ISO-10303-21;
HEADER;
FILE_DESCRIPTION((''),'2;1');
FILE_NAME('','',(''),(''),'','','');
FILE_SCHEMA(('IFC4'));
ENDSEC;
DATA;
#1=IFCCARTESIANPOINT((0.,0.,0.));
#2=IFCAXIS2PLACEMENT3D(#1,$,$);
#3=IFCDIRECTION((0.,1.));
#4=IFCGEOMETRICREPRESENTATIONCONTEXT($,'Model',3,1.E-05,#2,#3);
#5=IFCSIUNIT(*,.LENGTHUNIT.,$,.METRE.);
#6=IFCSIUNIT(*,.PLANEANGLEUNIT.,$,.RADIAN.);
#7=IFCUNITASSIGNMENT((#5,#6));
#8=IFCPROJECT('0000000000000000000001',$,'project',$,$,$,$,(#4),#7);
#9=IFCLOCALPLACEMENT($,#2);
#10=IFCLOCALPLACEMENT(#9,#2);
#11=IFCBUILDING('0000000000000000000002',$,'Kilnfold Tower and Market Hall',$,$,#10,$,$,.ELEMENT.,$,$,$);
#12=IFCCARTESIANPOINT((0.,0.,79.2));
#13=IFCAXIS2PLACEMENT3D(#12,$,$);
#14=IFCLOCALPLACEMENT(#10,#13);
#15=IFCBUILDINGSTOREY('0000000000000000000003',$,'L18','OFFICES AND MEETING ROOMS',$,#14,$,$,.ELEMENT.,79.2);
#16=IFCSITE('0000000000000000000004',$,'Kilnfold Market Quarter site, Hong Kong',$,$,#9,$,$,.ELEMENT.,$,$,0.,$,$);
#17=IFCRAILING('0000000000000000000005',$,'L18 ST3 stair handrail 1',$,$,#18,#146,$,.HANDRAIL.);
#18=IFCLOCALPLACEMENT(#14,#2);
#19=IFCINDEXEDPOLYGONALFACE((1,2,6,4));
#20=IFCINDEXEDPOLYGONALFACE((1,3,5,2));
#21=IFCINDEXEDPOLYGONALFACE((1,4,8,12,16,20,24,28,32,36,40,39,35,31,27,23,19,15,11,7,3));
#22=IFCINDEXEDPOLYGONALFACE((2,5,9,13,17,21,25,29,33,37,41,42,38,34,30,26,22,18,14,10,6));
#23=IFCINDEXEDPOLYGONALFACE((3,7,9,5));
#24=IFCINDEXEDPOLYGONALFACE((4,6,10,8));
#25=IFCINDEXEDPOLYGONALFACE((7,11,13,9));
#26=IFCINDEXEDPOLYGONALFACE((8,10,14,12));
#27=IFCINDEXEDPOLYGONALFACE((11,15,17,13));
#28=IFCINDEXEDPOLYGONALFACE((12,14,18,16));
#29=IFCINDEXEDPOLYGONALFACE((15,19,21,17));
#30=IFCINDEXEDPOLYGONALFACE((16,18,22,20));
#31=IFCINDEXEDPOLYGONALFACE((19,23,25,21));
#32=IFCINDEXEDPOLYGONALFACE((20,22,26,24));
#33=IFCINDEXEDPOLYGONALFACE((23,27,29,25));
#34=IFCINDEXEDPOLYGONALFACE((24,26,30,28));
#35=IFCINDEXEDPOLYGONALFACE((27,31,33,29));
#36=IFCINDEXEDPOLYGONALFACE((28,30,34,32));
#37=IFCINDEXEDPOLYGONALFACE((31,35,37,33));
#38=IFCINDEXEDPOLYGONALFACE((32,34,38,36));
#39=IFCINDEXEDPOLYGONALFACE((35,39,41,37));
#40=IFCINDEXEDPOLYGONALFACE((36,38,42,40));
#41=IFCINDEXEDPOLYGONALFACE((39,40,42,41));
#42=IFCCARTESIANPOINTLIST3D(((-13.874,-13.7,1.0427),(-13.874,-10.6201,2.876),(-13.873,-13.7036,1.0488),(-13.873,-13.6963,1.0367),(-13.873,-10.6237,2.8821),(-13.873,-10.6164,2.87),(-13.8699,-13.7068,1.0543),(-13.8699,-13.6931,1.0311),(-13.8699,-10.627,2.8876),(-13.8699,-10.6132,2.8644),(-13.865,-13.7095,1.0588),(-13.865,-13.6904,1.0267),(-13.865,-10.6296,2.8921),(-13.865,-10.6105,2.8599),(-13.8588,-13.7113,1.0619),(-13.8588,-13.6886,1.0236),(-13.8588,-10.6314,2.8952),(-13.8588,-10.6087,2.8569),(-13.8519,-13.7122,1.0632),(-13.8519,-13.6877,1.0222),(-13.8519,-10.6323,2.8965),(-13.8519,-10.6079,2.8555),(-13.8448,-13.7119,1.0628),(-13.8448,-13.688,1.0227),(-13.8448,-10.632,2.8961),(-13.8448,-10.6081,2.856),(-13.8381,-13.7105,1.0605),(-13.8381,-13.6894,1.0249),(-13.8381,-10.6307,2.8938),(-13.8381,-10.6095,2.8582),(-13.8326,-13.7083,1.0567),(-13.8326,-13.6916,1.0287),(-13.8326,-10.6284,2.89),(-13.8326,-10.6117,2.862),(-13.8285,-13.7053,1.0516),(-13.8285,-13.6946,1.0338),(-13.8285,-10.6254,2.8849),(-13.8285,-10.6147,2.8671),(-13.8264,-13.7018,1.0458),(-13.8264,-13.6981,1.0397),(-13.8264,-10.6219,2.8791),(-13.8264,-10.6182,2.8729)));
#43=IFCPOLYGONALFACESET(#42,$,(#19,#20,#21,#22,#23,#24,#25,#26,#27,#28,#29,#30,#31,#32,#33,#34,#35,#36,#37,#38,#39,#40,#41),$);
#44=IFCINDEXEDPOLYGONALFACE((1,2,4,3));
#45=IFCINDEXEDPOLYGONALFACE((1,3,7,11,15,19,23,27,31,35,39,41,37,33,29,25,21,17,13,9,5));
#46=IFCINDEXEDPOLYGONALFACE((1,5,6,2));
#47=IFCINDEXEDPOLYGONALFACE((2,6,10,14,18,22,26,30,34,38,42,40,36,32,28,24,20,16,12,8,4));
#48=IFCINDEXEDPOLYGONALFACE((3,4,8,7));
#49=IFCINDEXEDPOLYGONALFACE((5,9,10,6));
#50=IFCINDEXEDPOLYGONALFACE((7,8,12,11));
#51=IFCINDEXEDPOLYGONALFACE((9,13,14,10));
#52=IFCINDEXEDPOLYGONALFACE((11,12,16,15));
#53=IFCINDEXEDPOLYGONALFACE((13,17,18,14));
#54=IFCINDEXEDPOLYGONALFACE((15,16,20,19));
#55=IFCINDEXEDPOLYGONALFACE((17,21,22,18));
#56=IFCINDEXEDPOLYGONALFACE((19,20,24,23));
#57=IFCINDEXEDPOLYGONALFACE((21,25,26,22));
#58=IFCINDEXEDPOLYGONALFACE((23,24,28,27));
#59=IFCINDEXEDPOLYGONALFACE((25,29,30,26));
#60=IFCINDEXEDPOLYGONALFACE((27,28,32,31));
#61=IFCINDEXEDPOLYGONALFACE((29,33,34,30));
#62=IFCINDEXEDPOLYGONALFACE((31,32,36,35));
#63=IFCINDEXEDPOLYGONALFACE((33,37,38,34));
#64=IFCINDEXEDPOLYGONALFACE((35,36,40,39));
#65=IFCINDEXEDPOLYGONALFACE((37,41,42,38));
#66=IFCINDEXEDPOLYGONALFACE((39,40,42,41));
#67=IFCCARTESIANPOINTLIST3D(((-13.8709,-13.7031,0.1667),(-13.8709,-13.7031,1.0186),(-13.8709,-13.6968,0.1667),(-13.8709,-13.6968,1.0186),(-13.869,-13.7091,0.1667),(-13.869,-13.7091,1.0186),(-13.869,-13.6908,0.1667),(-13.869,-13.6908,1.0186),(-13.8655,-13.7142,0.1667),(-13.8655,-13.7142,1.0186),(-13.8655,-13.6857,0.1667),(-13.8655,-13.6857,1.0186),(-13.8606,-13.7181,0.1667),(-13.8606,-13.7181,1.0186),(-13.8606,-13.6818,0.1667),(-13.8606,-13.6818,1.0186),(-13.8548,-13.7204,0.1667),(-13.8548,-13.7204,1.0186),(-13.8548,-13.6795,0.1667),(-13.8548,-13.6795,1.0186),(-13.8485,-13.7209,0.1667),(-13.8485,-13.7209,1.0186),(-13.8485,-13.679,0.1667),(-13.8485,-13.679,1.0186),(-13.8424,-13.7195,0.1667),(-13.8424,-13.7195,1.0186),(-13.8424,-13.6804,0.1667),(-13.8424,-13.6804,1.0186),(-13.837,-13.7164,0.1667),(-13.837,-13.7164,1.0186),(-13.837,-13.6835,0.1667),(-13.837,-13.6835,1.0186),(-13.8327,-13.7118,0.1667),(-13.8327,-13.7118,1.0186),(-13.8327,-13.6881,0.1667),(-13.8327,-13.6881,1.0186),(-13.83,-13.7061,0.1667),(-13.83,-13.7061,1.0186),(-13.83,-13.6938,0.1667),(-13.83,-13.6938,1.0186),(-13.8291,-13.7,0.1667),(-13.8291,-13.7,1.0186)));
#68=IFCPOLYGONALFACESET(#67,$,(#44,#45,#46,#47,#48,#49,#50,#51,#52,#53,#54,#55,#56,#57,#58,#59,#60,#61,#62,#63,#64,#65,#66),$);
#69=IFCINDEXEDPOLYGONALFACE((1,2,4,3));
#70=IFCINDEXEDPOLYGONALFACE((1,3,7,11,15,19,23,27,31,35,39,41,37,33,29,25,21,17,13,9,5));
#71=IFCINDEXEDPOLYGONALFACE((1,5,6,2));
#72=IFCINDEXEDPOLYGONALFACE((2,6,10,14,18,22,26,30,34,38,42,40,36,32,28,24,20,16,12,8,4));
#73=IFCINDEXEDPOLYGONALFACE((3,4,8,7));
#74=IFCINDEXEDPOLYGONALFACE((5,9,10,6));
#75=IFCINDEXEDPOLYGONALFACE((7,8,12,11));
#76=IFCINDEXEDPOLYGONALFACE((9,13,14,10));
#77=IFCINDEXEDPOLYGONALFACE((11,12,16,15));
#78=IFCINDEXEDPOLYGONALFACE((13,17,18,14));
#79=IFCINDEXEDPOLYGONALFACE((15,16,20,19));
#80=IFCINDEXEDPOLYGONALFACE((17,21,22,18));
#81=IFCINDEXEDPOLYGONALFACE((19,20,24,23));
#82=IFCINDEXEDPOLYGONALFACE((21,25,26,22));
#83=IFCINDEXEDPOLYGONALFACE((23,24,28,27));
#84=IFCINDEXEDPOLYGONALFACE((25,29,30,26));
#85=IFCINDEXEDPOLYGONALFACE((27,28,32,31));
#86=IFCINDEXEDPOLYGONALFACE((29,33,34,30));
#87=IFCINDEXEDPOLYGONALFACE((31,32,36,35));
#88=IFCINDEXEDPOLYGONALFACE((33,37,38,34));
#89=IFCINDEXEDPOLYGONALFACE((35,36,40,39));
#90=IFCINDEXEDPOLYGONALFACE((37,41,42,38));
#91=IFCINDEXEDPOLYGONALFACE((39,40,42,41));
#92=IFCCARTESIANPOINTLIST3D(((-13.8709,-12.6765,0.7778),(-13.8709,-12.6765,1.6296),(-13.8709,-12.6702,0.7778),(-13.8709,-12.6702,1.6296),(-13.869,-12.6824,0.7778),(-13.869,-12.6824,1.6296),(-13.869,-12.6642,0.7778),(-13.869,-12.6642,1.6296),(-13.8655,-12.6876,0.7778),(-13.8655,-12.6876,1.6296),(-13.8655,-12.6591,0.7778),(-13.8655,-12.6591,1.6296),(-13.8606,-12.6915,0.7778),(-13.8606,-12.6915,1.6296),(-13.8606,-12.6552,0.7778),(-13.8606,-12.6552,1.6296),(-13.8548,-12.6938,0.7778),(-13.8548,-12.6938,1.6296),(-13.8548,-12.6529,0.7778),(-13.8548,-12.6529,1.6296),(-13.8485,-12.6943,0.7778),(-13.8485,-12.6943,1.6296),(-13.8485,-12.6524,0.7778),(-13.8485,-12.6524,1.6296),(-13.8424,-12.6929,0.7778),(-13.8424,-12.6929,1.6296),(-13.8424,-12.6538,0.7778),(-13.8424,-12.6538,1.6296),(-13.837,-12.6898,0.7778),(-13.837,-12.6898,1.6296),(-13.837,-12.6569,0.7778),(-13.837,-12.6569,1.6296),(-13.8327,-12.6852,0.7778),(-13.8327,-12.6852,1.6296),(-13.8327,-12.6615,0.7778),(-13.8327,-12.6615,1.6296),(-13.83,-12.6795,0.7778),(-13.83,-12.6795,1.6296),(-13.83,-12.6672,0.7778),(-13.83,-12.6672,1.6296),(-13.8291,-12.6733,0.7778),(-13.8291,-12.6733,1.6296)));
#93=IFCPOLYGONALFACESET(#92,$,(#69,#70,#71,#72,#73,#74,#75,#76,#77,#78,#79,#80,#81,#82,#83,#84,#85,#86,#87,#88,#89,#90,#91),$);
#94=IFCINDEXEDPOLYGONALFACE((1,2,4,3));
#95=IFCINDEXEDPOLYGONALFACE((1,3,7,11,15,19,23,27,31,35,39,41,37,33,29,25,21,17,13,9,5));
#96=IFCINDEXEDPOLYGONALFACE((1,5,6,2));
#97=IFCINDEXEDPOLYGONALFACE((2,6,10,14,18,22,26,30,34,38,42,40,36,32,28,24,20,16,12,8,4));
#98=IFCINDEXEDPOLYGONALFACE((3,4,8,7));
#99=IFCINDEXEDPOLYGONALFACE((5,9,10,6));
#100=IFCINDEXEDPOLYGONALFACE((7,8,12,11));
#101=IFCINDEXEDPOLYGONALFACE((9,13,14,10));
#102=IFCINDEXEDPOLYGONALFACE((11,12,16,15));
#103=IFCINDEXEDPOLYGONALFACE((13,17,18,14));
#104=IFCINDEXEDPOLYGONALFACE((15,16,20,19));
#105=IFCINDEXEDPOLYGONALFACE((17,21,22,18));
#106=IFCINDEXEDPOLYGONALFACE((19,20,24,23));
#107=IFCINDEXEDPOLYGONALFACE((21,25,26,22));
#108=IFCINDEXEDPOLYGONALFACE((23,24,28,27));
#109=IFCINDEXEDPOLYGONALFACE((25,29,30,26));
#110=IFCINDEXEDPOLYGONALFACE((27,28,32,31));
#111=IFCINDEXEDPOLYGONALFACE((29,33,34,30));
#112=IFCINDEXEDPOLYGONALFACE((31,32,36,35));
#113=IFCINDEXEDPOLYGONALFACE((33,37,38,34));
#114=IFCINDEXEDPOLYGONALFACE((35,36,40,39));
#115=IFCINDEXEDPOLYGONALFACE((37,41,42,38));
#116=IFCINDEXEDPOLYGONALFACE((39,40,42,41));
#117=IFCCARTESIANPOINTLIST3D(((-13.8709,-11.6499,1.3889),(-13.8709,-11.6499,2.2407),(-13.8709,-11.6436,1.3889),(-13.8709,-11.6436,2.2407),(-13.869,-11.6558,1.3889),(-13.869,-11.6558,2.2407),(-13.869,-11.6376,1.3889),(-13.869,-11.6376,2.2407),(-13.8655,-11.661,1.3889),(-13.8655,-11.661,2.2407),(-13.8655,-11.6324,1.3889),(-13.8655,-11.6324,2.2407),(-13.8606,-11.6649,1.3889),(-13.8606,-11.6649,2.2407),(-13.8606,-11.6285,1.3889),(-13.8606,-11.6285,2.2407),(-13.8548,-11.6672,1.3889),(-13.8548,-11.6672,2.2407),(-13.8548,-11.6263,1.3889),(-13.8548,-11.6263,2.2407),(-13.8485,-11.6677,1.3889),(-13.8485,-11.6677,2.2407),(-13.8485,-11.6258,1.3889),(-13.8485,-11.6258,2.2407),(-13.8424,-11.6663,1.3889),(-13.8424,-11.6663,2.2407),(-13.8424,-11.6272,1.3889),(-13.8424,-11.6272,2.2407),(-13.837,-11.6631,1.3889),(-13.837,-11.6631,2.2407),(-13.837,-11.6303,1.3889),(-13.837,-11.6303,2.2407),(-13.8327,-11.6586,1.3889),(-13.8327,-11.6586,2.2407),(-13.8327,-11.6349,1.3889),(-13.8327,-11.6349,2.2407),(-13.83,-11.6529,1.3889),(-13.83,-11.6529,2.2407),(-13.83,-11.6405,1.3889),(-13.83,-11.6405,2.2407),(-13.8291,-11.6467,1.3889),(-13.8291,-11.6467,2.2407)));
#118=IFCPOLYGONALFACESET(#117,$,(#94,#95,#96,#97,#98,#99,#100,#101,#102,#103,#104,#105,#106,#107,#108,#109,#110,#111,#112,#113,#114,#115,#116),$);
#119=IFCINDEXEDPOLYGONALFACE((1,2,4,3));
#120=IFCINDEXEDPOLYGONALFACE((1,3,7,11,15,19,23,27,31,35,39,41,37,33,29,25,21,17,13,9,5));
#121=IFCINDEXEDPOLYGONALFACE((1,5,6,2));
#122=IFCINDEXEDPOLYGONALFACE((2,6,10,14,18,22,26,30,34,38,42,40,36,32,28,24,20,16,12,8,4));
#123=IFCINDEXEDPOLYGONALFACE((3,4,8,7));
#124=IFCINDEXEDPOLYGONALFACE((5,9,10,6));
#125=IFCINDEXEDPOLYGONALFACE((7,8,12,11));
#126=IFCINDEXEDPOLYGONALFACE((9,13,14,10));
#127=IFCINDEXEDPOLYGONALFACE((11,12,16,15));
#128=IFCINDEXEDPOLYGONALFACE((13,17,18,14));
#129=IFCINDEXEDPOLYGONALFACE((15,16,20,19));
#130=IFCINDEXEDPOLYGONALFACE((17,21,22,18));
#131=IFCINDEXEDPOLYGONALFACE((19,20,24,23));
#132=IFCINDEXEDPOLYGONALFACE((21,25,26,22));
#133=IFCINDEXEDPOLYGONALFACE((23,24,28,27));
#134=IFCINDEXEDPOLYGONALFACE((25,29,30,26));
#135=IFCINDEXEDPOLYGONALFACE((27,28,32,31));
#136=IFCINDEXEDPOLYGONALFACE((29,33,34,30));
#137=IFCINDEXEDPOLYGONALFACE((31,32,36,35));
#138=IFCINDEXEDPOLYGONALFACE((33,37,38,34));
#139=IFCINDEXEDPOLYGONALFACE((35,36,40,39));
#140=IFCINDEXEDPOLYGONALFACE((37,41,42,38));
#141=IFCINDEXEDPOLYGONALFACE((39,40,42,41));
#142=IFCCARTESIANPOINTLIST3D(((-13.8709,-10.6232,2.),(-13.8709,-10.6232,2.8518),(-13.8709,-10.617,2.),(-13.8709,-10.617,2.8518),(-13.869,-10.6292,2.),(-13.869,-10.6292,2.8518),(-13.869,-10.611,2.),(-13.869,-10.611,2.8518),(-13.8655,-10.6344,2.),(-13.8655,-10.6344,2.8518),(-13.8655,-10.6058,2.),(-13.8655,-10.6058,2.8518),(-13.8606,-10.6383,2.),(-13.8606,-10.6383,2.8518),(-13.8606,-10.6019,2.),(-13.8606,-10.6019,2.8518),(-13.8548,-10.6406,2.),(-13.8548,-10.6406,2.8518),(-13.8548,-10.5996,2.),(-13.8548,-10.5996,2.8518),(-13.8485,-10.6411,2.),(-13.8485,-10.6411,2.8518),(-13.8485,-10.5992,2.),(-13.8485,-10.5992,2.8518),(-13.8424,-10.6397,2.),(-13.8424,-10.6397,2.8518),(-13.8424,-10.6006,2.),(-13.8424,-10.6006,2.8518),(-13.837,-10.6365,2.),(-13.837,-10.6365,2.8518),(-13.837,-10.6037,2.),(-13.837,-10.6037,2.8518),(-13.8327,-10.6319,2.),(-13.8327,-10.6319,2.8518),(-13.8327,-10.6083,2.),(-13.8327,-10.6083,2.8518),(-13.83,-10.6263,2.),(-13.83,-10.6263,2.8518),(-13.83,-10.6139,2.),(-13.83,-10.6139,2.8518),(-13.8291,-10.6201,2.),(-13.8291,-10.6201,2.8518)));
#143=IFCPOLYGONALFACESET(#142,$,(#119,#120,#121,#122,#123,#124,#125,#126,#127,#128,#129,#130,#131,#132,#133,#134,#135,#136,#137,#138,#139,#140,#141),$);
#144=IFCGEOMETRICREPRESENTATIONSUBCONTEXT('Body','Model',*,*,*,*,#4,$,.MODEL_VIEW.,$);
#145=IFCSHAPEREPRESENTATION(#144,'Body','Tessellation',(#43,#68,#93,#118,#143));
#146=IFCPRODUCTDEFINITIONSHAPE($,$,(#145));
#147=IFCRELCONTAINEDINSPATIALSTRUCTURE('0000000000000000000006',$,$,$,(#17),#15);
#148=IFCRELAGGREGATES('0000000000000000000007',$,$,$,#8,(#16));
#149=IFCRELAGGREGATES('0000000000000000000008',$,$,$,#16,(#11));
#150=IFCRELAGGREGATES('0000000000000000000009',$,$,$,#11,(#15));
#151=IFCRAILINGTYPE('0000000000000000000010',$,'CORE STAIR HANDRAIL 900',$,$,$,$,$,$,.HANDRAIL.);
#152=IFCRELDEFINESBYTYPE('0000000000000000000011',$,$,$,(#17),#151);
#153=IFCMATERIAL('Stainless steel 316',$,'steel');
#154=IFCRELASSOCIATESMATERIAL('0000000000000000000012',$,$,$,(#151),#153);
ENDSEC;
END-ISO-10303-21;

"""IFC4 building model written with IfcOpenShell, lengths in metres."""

from ifc_helpers import new_model, si_unit, direction, frame, origin, origin_2d, place, context, subcontext, project, spatial, circle, extrude, material, type_object, element, save


model = new_model("IFC4")

# Units and contexts
model_context = context("Model", 3, precision=1e-05, world=origin(), true_north=direction((0.0, 1.0)))
body_context = subcontext(model_context, "Body", "Model", "MODEL_VIEW")
ifc_project = project(units=[si_unit("LENGTHUNIT", "METRE"), si_unit("PLANEANGLEUNIT", "RADIAN")], contexts=[model_context])

# Site, building, storey
site_placement = place(None, origin())
site = spatial("IfcSite", under=ifc_project, at=site_placement, Name="Kilnfold Market Quarter site, Hong Kong", CompositionType="ELEMENT", RefElevation=0.0)
building_placement = place(site_placement, origin())
building = spatial("IfcBuilding", under=site, at=building_placement, Name="Kilnfold Tower and Market Hall", CompositionType="ELEMENT")
storey_placement = place(building_placement, frame((0.0, 0.0, 79.2)))
storey = spatial("IfcBuildingStorey", under=building, at=storey_placement, Name="L18", Description="OFFICES AND MEETING ROOMS", CompositionType="ELEMENT", Elevation=79.2)

# Railing
ifc_material_1 = material(Name="Stainless steel 316", Category="steel")
railing_type_1 = type_object("IfcRailingType", Name="CORE STAIR HANDRAIL 900", PredefinedType="HANDRAIL", material=ifc_material_1)
railing_1_placement = place(storey_placement, frame((-13.8501, -13.7, 0.1667)))
element("IfcRailing", 1, at=railing_1_placement, inside=storey, type_object=railing_type_1, Name="L18 ST3 stair handrail 1", PredefinedType="HANDRAIL", context=body_context, shape_type="SweptSolid", body=[
    extrude(circle(Radius=0.0239, at=origin_2d()), frame((0.0, 0.0, 0.876), z_axis=(0.0, 0.859291, 0.511487), x_axis=(-1.0, 0.0, 0.0)), (0.0, 0.0, 1.0), 3.5842),
    extrude(circle(Radius=0.021, at=origin_2d()), origin(), (0.0, 0.0, 1.0), 0.8518),
    extrude(circle(Radius=0.021, at=origin_2d()), frame((0.0, 1.0266, 0.6111)), (0.0, 0.0, 1.0), 0.8518),
    extrude(circle(Radius=0.021, at=origin_2d()), frame((0.0, 2.0532, 1.2222)), (0.0, 0.0, 1.0), 0.8518),
    extrude(circle(Radius=0.021, at=origin_2d()), frame((0.0, 3.0798, 1.8333)), (0.0, 0.0, 1.0), 0.8518),
])

save(model, "model.ifc")
